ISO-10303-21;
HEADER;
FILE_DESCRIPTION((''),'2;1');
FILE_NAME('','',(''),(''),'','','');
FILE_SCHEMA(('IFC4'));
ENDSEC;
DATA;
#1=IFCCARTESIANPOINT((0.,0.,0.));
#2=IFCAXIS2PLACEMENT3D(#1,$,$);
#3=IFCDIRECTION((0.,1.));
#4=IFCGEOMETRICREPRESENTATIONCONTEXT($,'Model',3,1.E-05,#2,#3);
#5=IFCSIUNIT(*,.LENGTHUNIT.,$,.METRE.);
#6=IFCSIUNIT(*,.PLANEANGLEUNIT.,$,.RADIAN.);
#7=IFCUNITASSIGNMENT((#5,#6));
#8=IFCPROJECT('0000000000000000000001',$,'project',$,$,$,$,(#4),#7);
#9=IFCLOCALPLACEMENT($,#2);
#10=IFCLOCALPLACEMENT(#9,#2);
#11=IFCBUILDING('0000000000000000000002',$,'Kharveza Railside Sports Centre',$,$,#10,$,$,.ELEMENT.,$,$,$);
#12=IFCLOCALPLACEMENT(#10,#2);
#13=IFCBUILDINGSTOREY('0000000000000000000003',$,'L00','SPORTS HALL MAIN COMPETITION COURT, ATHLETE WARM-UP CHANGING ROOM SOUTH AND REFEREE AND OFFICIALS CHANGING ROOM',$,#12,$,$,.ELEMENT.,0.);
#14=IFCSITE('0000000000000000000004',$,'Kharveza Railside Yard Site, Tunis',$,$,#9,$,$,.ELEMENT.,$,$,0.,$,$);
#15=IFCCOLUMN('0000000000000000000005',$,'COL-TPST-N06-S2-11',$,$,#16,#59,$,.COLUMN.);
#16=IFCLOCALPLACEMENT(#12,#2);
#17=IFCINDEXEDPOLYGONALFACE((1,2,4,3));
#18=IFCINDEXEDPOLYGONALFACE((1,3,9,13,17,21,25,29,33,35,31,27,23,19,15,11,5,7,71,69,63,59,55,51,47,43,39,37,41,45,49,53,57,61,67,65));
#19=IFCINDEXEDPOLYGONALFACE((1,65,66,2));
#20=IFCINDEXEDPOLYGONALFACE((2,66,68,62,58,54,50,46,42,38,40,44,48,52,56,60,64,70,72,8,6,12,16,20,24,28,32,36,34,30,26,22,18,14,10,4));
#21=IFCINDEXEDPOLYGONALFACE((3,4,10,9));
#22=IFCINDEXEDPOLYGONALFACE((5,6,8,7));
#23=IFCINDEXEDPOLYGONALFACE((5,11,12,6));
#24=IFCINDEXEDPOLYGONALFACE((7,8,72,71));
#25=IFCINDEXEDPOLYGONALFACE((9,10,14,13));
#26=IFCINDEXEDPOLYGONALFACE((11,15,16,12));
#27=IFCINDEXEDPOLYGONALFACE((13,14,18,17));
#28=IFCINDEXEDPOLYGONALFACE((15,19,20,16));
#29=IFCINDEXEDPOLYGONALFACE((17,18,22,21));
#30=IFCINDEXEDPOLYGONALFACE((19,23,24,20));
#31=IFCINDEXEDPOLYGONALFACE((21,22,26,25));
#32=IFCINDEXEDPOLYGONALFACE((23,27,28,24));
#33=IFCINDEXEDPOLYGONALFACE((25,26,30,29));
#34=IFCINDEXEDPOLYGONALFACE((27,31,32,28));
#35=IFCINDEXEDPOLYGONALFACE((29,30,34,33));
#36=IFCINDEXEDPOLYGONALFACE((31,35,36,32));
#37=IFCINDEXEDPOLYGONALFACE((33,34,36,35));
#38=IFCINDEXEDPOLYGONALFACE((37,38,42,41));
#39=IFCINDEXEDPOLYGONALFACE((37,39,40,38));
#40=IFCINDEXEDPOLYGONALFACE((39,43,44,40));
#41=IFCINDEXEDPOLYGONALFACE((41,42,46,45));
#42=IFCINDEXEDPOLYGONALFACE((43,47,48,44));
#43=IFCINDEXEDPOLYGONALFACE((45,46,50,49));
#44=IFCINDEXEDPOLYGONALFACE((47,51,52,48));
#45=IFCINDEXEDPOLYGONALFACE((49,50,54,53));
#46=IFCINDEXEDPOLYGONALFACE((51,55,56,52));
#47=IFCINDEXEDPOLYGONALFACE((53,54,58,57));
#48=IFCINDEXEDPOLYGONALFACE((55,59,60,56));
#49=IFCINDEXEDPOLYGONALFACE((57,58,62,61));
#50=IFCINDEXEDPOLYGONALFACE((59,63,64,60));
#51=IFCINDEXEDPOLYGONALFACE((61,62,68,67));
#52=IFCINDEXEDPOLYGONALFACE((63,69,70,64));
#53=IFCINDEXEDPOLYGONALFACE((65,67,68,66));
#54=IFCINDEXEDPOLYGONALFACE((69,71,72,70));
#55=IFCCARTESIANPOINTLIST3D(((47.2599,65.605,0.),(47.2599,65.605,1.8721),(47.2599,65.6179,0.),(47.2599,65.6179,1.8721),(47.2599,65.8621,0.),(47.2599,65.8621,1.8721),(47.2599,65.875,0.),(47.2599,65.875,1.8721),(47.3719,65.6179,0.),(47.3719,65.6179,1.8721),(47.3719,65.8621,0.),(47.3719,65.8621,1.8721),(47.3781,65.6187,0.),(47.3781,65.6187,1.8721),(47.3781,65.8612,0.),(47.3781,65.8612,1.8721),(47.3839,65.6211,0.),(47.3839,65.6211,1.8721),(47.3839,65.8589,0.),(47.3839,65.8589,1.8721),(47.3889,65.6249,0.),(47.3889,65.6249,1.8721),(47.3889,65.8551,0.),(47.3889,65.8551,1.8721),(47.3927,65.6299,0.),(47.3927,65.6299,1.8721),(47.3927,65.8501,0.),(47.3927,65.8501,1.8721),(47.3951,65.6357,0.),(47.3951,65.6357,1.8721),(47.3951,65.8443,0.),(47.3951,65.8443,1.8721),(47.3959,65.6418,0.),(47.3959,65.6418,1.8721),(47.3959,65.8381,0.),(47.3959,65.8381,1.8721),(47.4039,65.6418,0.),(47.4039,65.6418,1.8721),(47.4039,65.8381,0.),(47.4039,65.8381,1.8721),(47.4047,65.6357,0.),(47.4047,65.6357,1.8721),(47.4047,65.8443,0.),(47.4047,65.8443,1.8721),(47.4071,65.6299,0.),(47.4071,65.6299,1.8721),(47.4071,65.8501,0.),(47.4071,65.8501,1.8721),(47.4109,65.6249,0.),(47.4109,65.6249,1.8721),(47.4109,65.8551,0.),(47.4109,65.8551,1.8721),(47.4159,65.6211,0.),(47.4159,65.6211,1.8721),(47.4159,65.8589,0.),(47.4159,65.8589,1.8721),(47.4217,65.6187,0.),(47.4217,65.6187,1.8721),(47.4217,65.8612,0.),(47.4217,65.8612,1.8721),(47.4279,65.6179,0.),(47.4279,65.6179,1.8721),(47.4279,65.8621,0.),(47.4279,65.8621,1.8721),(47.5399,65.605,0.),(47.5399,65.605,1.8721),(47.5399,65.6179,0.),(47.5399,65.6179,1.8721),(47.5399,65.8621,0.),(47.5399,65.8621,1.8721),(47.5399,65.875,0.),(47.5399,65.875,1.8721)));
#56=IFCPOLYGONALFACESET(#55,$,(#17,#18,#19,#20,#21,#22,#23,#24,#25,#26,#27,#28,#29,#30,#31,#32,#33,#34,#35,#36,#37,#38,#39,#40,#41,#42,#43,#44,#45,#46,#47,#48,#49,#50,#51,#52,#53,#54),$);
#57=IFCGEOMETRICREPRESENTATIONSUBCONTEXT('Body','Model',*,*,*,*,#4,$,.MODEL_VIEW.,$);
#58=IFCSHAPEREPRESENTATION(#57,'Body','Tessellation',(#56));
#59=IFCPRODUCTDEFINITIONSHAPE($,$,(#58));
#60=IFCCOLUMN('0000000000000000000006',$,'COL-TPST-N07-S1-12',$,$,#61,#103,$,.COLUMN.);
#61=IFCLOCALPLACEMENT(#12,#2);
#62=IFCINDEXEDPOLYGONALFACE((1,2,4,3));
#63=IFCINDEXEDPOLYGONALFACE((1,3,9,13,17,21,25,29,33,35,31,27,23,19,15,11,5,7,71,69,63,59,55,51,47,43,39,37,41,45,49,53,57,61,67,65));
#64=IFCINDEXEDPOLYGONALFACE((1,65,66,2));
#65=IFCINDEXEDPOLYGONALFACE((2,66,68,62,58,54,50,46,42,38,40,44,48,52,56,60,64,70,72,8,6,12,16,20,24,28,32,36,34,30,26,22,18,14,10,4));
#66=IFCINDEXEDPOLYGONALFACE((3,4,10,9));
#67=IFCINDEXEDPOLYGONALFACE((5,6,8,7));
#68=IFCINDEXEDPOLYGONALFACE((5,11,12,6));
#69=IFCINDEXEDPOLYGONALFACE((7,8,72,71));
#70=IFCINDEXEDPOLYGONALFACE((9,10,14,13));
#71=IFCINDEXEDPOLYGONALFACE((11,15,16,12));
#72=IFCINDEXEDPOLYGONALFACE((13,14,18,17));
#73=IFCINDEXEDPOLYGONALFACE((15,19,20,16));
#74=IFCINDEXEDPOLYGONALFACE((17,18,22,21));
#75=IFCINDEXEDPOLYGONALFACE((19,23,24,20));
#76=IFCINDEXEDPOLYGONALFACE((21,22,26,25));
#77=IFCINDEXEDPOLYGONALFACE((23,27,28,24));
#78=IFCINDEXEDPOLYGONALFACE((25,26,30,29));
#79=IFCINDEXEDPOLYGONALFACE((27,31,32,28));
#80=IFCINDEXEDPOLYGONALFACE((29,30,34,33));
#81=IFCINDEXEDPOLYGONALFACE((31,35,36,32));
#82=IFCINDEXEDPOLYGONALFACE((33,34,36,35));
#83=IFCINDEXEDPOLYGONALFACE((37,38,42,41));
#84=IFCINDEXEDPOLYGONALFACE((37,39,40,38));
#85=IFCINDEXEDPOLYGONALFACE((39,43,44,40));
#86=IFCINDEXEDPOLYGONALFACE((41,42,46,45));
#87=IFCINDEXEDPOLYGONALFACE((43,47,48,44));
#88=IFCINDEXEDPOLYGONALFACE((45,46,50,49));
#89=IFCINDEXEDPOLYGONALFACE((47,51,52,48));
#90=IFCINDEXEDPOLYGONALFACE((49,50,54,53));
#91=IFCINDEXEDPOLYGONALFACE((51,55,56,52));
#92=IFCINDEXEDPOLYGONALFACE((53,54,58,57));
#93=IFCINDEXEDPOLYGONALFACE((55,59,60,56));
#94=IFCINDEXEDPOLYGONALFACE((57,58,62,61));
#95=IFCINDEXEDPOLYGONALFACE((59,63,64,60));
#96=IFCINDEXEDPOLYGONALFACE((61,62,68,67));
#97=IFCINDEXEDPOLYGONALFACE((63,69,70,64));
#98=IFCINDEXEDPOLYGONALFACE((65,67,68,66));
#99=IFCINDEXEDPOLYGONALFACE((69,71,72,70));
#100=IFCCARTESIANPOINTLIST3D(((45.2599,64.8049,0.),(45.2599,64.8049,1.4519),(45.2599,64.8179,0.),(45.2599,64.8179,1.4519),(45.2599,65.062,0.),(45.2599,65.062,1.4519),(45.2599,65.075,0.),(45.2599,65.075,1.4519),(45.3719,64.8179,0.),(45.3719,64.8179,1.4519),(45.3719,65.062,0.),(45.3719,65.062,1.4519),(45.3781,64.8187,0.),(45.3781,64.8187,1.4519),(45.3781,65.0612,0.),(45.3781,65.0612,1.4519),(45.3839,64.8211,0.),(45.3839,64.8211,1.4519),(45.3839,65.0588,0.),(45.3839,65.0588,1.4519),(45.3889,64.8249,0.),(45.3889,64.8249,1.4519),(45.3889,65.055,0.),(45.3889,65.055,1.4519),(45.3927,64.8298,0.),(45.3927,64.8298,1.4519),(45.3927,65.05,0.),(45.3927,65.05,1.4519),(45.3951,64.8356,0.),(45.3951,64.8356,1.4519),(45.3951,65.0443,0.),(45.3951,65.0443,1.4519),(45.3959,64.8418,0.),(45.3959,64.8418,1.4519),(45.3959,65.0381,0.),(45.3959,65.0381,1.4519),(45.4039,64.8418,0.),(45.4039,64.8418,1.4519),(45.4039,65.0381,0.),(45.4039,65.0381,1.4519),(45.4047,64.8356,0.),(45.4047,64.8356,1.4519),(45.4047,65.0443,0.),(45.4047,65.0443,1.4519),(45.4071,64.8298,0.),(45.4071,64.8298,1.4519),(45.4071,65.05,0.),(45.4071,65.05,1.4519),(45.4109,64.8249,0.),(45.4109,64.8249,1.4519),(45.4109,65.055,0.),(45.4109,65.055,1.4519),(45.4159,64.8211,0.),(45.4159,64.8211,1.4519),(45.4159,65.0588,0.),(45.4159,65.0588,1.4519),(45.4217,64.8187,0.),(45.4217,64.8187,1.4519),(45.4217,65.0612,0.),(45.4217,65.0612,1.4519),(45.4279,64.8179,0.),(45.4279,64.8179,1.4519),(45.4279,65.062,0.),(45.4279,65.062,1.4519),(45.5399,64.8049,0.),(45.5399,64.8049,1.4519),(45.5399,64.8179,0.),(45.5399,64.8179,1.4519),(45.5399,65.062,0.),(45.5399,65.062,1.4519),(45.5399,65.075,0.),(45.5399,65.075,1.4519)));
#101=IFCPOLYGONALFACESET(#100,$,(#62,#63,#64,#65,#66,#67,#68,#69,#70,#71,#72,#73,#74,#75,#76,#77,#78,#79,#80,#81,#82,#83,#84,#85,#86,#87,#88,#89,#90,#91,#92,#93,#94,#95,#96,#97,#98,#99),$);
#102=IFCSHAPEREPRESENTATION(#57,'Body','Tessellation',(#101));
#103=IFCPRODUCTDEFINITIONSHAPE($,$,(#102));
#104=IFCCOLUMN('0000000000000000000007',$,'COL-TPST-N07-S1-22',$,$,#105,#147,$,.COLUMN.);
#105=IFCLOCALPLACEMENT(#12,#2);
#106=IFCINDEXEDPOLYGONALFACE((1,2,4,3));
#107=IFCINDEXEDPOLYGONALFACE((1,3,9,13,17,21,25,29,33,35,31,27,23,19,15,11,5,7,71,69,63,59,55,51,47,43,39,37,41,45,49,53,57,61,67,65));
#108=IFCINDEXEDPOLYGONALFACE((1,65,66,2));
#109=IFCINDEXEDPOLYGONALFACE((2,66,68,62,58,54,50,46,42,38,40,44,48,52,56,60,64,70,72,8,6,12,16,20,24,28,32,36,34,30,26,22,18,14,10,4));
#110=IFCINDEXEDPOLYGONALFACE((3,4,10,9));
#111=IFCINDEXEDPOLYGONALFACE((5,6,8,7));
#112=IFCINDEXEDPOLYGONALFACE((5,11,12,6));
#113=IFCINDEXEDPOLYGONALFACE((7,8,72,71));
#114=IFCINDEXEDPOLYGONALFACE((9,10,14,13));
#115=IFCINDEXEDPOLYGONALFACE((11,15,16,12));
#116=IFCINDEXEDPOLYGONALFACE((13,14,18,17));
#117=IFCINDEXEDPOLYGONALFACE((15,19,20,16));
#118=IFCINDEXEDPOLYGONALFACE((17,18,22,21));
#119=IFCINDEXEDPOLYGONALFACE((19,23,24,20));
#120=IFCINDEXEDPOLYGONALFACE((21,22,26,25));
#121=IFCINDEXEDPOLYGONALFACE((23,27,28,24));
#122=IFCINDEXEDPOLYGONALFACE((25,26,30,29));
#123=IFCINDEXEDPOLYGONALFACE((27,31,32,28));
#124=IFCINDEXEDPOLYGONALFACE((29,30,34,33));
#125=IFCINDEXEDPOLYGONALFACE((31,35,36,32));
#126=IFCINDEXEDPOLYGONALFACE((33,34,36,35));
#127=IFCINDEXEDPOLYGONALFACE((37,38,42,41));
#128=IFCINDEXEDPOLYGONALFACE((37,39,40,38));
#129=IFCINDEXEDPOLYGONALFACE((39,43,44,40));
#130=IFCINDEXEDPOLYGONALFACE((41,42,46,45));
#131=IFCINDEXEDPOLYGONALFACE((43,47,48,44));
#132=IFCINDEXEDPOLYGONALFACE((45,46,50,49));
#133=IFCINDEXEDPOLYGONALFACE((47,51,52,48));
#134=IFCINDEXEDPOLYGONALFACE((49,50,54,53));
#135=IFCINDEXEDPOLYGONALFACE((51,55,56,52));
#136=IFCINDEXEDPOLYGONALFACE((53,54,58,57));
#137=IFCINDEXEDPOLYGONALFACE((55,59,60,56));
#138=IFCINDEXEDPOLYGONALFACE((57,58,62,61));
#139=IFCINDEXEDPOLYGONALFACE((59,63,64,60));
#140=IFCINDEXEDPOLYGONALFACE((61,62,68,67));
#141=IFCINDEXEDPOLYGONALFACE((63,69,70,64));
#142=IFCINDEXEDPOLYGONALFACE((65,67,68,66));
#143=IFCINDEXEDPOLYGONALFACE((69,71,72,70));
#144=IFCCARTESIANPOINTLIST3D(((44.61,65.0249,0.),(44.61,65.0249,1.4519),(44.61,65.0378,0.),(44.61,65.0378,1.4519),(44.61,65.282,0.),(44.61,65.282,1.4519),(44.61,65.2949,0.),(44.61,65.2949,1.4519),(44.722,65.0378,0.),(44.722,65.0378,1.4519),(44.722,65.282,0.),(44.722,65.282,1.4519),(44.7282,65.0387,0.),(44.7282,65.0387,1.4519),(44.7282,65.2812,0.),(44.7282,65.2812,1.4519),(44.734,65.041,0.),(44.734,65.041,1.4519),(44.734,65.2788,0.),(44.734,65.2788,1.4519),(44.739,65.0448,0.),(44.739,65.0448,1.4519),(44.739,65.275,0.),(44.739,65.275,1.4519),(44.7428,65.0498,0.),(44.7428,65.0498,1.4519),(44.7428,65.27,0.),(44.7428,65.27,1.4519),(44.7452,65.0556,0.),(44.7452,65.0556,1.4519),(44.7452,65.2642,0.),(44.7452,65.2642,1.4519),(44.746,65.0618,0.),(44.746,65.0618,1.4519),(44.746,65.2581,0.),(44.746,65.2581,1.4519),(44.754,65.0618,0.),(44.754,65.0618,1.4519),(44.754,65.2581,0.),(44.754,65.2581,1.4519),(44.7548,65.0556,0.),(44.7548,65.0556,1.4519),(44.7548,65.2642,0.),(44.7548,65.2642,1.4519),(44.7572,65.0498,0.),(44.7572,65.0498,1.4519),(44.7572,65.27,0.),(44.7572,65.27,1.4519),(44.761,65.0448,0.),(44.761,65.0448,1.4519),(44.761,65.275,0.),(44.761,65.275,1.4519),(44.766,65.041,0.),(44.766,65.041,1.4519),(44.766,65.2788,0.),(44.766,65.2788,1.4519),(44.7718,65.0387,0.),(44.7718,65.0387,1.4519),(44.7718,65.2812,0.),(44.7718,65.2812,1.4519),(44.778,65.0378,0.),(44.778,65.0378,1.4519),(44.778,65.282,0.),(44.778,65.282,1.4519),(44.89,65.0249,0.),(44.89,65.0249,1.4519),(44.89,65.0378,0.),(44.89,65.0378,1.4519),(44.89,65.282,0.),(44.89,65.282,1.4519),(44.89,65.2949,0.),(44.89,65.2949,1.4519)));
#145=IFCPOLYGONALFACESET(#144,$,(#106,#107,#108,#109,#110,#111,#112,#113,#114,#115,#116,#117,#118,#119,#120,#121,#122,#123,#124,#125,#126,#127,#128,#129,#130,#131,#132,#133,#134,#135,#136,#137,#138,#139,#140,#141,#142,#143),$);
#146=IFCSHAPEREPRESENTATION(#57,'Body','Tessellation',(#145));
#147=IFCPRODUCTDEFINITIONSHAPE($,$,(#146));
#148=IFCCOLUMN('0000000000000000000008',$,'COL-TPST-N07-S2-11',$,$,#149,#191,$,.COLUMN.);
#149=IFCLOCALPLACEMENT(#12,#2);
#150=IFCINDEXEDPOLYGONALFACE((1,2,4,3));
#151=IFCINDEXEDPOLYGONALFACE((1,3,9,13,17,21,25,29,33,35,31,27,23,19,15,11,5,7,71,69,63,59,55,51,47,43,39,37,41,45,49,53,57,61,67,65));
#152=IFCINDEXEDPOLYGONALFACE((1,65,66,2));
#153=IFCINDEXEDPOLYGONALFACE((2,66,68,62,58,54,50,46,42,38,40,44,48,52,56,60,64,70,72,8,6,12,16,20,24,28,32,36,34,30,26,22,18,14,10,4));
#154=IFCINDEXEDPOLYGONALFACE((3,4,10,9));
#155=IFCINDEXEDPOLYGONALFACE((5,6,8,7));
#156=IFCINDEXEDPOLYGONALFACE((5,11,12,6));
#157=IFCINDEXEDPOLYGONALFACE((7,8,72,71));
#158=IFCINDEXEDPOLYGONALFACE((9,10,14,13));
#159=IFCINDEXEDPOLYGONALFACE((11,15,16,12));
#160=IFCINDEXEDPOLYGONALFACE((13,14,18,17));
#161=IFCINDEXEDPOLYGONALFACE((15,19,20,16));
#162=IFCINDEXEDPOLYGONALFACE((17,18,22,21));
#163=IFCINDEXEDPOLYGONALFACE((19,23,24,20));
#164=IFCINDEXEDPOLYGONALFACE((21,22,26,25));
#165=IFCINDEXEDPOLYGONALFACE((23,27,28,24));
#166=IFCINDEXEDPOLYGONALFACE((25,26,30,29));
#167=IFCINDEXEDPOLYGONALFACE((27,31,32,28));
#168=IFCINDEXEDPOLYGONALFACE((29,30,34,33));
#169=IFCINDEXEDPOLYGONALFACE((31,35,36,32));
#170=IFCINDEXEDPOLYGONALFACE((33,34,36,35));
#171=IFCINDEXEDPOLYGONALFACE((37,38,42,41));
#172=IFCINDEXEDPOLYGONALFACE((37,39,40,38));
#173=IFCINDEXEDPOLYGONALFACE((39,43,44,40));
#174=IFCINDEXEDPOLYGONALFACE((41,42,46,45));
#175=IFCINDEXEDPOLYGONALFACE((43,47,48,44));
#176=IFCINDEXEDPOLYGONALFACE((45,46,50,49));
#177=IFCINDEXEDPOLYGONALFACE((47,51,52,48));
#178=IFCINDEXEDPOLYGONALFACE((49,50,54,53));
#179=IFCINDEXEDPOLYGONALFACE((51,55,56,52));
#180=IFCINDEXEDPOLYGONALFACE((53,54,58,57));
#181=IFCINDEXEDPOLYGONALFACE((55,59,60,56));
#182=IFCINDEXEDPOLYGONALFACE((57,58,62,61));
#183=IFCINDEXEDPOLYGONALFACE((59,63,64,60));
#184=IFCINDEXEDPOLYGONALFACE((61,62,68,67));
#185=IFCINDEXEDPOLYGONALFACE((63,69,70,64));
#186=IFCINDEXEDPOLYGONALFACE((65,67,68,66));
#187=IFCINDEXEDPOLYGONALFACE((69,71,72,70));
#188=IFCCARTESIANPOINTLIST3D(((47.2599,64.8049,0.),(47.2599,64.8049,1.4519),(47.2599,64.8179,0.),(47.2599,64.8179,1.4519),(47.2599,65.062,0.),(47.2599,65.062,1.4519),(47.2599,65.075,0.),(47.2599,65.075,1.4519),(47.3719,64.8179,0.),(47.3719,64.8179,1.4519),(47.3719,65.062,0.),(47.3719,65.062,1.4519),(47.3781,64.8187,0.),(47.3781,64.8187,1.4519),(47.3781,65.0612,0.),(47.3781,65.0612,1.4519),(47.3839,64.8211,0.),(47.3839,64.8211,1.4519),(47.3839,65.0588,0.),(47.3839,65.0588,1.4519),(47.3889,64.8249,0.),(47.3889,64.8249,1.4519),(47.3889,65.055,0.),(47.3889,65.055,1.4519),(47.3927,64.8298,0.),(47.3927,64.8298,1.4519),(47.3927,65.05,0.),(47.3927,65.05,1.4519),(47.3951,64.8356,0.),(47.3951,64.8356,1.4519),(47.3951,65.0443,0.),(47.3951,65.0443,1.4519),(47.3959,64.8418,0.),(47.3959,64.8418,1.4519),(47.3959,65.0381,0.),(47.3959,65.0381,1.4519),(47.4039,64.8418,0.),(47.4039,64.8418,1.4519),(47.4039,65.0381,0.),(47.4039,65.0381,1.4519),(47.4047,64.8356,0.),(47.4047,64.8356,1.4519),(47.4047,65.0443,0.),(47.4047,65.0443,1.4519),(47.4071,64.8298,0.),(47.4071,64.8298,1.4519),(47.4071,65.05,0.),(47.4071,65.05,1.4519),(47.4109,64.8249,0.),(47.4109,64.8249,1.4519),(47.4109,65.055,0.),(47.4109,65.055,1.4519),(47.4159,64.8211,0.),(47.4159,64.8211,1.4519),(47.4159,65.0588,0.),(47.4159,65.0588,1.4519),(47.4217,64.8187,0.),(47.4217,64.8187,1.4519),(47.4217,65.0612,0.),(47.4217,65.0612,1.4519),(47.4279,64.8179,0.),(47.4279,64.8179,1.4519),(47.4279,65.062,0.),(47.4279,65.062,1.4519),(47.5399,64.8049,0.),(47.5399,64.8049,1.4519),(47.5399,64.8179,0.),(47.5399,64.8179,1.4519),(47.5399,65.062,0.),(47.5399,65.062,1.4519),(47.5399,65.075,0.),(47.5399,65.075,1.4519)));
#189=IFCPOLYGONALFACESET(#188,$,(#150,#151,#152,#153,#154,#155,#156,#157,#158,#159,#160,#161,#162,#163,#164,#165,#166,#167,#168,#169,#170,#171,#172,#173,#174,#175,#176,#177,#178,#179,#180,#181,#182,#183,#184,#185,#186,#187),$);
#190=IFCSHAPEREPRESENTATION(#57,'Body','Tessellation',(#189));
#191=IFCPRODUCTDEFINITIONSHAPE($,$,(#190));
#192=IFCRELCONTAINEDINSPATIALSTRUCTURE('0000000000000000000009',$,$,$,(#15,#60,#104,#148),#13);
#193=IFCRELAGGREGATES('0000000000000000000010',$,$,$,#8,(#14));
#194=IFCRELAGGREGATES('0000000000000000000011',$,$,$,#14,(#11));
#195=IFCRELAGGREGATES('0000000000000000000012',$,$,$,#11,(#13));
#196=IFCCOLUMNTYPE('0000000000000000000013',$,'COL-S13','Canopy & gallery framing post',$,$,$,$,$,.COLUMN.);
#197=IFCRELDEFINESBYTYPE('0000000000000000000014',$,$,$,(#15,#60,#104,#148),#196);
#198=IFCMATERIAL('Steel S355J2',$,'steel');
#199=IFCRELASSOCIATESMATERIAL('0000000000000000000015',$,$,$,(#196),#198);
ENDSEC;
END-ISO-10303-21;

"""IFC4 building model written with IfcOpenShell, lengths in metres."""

from ifc_helpers import new_model, si_unit, direction, frame, origin, origin_2d, place, context, subcontext, project, spatial, i_section, extrude, material, material_profile, profile_set, type_object, element, save


model = new_model("IFC4")

# Units and contexts
model_context = context("Model", 3, precision=1e-05, world=origin(), true_north=direction((0.0, 1.0)))
body_context = subcontext(model_context, "Body", "Model", "MODEL_VIEW")
ifc_project = project(units=[si_unit("LENGTHUNIT", "METRE"), si_unit("PLANEANGLEUNIT", "RADIAN")], contexts=[model_context])

# Site, building, storey
site_placement = place(None, origin())
site = spatial("IfcSite", under=ifc_project, at=site_placement, Name="Kharveza Railside Yard Site, Tunis", CompositionType="ELEMENT", RefElevation=0.0)
building_placement = place(site_placement, origin())
building = spatial("IfcBuilding", under=site, at=building_placement, Name="Kharveza Railside Sports Centre", CompositionType="ELEMENT")
storey_placement = place(building_placement, origin())
storey = spatial("IfcBuildingStorey", under=building, at=storey_placement, Name="L00", Description="SPORTS HALL MAIN COMPETITION COURT, ATHLETE WARM-UP CHANGING ROOM SOUTH AND REFEREE AND OFFICIALS CHANGING ROOM", CompositionType="ELEMENT", Elevation=0.0)

# Columns
ifc_material_1 = material(Name="Steel S355J2", Category="steel")
ifc_material_profile_1 = material_profile(ifc_material_1, i_section(OverallWidth=0.28, OverallDepth=0.27, WebThickness=0.0081, FlangeThickness=0.0129, FilletRadius=0.0239, at=origin_2d()), Name="HEA 280")
ifc_profile_set_1 = profile_set([ifc_material_profile_1], Name="Steel S355J2")
column_type_1 = type_object("IfcColumnType", Name="COL-S13", Description="Canopy & gallery framing post", PredefinedType="COLUMN", material=ifc_profile_set_1)
for number, where, z_axis, x_axis, name in (
    (1, (47.3999, 65.74, 0.0), (0.0, 0.0, 1.0), (1.0, 0.0, 0.0), "COL-TPST-N06-S2-11"),
):
    element("IfcColumn", number, at=place(storey_placement, frame(where, z_axis=z_axis, x_axis=x_axis)), inside=storey, type_object=column_type_1, Name=name, PredefinedType="COLUMN", context=body_context, shape_type="SweptSolid", body=[
        extrude(i_section(OverallWidth=0.28, OverallDepth=0.27, WebThickness=0.0081, FlangeThickness=0.0129, FilletRadius=0.0239, at=origin_2d()), origin(), (0.0, 0.0, 1.0), 1.8721),
    ])
for number, where, z_axis, x_axis, name in (
    (2, (45.3999, 64.9399, 0.0), (0.0, 0.0, 1.0), (1.0, 0.0, 0.0), "COL-TPST-N07-S1-12"),
    (3, (44.75, 65.1599, 0.0), (0.0, 0.0, 1.0), (1.0, 0.0, 0.0), "COL-TPST-N07-S1-22"),
    (4, (47.3999, 64.9399, 0.0), (0.0, 0.0, 1.0), (1.0, 0.0, 0.0), "COL-TPST-N07-S2-11"),
):
    element("IfcColumn", number, at=place(storey_placement, frame(where, z_axis=z_axis, x_axis=x_axis)), inside=storey, type_object=column_type_1, Name=name, PredefinedType="COLUMN", context=body_context, shape_type="SweptSolid", body=[
        extrude(i_section(OverallWidth=0.28, OverallDepth=0.27, WebThickness=0.0081, FlangeThickness=0.0129, FilletRadius=0.0239, at=origin_2d()), origin(), (0.0, 0.0, 1.0), 1.4519),
    ])

save(model, "model.ifc")
